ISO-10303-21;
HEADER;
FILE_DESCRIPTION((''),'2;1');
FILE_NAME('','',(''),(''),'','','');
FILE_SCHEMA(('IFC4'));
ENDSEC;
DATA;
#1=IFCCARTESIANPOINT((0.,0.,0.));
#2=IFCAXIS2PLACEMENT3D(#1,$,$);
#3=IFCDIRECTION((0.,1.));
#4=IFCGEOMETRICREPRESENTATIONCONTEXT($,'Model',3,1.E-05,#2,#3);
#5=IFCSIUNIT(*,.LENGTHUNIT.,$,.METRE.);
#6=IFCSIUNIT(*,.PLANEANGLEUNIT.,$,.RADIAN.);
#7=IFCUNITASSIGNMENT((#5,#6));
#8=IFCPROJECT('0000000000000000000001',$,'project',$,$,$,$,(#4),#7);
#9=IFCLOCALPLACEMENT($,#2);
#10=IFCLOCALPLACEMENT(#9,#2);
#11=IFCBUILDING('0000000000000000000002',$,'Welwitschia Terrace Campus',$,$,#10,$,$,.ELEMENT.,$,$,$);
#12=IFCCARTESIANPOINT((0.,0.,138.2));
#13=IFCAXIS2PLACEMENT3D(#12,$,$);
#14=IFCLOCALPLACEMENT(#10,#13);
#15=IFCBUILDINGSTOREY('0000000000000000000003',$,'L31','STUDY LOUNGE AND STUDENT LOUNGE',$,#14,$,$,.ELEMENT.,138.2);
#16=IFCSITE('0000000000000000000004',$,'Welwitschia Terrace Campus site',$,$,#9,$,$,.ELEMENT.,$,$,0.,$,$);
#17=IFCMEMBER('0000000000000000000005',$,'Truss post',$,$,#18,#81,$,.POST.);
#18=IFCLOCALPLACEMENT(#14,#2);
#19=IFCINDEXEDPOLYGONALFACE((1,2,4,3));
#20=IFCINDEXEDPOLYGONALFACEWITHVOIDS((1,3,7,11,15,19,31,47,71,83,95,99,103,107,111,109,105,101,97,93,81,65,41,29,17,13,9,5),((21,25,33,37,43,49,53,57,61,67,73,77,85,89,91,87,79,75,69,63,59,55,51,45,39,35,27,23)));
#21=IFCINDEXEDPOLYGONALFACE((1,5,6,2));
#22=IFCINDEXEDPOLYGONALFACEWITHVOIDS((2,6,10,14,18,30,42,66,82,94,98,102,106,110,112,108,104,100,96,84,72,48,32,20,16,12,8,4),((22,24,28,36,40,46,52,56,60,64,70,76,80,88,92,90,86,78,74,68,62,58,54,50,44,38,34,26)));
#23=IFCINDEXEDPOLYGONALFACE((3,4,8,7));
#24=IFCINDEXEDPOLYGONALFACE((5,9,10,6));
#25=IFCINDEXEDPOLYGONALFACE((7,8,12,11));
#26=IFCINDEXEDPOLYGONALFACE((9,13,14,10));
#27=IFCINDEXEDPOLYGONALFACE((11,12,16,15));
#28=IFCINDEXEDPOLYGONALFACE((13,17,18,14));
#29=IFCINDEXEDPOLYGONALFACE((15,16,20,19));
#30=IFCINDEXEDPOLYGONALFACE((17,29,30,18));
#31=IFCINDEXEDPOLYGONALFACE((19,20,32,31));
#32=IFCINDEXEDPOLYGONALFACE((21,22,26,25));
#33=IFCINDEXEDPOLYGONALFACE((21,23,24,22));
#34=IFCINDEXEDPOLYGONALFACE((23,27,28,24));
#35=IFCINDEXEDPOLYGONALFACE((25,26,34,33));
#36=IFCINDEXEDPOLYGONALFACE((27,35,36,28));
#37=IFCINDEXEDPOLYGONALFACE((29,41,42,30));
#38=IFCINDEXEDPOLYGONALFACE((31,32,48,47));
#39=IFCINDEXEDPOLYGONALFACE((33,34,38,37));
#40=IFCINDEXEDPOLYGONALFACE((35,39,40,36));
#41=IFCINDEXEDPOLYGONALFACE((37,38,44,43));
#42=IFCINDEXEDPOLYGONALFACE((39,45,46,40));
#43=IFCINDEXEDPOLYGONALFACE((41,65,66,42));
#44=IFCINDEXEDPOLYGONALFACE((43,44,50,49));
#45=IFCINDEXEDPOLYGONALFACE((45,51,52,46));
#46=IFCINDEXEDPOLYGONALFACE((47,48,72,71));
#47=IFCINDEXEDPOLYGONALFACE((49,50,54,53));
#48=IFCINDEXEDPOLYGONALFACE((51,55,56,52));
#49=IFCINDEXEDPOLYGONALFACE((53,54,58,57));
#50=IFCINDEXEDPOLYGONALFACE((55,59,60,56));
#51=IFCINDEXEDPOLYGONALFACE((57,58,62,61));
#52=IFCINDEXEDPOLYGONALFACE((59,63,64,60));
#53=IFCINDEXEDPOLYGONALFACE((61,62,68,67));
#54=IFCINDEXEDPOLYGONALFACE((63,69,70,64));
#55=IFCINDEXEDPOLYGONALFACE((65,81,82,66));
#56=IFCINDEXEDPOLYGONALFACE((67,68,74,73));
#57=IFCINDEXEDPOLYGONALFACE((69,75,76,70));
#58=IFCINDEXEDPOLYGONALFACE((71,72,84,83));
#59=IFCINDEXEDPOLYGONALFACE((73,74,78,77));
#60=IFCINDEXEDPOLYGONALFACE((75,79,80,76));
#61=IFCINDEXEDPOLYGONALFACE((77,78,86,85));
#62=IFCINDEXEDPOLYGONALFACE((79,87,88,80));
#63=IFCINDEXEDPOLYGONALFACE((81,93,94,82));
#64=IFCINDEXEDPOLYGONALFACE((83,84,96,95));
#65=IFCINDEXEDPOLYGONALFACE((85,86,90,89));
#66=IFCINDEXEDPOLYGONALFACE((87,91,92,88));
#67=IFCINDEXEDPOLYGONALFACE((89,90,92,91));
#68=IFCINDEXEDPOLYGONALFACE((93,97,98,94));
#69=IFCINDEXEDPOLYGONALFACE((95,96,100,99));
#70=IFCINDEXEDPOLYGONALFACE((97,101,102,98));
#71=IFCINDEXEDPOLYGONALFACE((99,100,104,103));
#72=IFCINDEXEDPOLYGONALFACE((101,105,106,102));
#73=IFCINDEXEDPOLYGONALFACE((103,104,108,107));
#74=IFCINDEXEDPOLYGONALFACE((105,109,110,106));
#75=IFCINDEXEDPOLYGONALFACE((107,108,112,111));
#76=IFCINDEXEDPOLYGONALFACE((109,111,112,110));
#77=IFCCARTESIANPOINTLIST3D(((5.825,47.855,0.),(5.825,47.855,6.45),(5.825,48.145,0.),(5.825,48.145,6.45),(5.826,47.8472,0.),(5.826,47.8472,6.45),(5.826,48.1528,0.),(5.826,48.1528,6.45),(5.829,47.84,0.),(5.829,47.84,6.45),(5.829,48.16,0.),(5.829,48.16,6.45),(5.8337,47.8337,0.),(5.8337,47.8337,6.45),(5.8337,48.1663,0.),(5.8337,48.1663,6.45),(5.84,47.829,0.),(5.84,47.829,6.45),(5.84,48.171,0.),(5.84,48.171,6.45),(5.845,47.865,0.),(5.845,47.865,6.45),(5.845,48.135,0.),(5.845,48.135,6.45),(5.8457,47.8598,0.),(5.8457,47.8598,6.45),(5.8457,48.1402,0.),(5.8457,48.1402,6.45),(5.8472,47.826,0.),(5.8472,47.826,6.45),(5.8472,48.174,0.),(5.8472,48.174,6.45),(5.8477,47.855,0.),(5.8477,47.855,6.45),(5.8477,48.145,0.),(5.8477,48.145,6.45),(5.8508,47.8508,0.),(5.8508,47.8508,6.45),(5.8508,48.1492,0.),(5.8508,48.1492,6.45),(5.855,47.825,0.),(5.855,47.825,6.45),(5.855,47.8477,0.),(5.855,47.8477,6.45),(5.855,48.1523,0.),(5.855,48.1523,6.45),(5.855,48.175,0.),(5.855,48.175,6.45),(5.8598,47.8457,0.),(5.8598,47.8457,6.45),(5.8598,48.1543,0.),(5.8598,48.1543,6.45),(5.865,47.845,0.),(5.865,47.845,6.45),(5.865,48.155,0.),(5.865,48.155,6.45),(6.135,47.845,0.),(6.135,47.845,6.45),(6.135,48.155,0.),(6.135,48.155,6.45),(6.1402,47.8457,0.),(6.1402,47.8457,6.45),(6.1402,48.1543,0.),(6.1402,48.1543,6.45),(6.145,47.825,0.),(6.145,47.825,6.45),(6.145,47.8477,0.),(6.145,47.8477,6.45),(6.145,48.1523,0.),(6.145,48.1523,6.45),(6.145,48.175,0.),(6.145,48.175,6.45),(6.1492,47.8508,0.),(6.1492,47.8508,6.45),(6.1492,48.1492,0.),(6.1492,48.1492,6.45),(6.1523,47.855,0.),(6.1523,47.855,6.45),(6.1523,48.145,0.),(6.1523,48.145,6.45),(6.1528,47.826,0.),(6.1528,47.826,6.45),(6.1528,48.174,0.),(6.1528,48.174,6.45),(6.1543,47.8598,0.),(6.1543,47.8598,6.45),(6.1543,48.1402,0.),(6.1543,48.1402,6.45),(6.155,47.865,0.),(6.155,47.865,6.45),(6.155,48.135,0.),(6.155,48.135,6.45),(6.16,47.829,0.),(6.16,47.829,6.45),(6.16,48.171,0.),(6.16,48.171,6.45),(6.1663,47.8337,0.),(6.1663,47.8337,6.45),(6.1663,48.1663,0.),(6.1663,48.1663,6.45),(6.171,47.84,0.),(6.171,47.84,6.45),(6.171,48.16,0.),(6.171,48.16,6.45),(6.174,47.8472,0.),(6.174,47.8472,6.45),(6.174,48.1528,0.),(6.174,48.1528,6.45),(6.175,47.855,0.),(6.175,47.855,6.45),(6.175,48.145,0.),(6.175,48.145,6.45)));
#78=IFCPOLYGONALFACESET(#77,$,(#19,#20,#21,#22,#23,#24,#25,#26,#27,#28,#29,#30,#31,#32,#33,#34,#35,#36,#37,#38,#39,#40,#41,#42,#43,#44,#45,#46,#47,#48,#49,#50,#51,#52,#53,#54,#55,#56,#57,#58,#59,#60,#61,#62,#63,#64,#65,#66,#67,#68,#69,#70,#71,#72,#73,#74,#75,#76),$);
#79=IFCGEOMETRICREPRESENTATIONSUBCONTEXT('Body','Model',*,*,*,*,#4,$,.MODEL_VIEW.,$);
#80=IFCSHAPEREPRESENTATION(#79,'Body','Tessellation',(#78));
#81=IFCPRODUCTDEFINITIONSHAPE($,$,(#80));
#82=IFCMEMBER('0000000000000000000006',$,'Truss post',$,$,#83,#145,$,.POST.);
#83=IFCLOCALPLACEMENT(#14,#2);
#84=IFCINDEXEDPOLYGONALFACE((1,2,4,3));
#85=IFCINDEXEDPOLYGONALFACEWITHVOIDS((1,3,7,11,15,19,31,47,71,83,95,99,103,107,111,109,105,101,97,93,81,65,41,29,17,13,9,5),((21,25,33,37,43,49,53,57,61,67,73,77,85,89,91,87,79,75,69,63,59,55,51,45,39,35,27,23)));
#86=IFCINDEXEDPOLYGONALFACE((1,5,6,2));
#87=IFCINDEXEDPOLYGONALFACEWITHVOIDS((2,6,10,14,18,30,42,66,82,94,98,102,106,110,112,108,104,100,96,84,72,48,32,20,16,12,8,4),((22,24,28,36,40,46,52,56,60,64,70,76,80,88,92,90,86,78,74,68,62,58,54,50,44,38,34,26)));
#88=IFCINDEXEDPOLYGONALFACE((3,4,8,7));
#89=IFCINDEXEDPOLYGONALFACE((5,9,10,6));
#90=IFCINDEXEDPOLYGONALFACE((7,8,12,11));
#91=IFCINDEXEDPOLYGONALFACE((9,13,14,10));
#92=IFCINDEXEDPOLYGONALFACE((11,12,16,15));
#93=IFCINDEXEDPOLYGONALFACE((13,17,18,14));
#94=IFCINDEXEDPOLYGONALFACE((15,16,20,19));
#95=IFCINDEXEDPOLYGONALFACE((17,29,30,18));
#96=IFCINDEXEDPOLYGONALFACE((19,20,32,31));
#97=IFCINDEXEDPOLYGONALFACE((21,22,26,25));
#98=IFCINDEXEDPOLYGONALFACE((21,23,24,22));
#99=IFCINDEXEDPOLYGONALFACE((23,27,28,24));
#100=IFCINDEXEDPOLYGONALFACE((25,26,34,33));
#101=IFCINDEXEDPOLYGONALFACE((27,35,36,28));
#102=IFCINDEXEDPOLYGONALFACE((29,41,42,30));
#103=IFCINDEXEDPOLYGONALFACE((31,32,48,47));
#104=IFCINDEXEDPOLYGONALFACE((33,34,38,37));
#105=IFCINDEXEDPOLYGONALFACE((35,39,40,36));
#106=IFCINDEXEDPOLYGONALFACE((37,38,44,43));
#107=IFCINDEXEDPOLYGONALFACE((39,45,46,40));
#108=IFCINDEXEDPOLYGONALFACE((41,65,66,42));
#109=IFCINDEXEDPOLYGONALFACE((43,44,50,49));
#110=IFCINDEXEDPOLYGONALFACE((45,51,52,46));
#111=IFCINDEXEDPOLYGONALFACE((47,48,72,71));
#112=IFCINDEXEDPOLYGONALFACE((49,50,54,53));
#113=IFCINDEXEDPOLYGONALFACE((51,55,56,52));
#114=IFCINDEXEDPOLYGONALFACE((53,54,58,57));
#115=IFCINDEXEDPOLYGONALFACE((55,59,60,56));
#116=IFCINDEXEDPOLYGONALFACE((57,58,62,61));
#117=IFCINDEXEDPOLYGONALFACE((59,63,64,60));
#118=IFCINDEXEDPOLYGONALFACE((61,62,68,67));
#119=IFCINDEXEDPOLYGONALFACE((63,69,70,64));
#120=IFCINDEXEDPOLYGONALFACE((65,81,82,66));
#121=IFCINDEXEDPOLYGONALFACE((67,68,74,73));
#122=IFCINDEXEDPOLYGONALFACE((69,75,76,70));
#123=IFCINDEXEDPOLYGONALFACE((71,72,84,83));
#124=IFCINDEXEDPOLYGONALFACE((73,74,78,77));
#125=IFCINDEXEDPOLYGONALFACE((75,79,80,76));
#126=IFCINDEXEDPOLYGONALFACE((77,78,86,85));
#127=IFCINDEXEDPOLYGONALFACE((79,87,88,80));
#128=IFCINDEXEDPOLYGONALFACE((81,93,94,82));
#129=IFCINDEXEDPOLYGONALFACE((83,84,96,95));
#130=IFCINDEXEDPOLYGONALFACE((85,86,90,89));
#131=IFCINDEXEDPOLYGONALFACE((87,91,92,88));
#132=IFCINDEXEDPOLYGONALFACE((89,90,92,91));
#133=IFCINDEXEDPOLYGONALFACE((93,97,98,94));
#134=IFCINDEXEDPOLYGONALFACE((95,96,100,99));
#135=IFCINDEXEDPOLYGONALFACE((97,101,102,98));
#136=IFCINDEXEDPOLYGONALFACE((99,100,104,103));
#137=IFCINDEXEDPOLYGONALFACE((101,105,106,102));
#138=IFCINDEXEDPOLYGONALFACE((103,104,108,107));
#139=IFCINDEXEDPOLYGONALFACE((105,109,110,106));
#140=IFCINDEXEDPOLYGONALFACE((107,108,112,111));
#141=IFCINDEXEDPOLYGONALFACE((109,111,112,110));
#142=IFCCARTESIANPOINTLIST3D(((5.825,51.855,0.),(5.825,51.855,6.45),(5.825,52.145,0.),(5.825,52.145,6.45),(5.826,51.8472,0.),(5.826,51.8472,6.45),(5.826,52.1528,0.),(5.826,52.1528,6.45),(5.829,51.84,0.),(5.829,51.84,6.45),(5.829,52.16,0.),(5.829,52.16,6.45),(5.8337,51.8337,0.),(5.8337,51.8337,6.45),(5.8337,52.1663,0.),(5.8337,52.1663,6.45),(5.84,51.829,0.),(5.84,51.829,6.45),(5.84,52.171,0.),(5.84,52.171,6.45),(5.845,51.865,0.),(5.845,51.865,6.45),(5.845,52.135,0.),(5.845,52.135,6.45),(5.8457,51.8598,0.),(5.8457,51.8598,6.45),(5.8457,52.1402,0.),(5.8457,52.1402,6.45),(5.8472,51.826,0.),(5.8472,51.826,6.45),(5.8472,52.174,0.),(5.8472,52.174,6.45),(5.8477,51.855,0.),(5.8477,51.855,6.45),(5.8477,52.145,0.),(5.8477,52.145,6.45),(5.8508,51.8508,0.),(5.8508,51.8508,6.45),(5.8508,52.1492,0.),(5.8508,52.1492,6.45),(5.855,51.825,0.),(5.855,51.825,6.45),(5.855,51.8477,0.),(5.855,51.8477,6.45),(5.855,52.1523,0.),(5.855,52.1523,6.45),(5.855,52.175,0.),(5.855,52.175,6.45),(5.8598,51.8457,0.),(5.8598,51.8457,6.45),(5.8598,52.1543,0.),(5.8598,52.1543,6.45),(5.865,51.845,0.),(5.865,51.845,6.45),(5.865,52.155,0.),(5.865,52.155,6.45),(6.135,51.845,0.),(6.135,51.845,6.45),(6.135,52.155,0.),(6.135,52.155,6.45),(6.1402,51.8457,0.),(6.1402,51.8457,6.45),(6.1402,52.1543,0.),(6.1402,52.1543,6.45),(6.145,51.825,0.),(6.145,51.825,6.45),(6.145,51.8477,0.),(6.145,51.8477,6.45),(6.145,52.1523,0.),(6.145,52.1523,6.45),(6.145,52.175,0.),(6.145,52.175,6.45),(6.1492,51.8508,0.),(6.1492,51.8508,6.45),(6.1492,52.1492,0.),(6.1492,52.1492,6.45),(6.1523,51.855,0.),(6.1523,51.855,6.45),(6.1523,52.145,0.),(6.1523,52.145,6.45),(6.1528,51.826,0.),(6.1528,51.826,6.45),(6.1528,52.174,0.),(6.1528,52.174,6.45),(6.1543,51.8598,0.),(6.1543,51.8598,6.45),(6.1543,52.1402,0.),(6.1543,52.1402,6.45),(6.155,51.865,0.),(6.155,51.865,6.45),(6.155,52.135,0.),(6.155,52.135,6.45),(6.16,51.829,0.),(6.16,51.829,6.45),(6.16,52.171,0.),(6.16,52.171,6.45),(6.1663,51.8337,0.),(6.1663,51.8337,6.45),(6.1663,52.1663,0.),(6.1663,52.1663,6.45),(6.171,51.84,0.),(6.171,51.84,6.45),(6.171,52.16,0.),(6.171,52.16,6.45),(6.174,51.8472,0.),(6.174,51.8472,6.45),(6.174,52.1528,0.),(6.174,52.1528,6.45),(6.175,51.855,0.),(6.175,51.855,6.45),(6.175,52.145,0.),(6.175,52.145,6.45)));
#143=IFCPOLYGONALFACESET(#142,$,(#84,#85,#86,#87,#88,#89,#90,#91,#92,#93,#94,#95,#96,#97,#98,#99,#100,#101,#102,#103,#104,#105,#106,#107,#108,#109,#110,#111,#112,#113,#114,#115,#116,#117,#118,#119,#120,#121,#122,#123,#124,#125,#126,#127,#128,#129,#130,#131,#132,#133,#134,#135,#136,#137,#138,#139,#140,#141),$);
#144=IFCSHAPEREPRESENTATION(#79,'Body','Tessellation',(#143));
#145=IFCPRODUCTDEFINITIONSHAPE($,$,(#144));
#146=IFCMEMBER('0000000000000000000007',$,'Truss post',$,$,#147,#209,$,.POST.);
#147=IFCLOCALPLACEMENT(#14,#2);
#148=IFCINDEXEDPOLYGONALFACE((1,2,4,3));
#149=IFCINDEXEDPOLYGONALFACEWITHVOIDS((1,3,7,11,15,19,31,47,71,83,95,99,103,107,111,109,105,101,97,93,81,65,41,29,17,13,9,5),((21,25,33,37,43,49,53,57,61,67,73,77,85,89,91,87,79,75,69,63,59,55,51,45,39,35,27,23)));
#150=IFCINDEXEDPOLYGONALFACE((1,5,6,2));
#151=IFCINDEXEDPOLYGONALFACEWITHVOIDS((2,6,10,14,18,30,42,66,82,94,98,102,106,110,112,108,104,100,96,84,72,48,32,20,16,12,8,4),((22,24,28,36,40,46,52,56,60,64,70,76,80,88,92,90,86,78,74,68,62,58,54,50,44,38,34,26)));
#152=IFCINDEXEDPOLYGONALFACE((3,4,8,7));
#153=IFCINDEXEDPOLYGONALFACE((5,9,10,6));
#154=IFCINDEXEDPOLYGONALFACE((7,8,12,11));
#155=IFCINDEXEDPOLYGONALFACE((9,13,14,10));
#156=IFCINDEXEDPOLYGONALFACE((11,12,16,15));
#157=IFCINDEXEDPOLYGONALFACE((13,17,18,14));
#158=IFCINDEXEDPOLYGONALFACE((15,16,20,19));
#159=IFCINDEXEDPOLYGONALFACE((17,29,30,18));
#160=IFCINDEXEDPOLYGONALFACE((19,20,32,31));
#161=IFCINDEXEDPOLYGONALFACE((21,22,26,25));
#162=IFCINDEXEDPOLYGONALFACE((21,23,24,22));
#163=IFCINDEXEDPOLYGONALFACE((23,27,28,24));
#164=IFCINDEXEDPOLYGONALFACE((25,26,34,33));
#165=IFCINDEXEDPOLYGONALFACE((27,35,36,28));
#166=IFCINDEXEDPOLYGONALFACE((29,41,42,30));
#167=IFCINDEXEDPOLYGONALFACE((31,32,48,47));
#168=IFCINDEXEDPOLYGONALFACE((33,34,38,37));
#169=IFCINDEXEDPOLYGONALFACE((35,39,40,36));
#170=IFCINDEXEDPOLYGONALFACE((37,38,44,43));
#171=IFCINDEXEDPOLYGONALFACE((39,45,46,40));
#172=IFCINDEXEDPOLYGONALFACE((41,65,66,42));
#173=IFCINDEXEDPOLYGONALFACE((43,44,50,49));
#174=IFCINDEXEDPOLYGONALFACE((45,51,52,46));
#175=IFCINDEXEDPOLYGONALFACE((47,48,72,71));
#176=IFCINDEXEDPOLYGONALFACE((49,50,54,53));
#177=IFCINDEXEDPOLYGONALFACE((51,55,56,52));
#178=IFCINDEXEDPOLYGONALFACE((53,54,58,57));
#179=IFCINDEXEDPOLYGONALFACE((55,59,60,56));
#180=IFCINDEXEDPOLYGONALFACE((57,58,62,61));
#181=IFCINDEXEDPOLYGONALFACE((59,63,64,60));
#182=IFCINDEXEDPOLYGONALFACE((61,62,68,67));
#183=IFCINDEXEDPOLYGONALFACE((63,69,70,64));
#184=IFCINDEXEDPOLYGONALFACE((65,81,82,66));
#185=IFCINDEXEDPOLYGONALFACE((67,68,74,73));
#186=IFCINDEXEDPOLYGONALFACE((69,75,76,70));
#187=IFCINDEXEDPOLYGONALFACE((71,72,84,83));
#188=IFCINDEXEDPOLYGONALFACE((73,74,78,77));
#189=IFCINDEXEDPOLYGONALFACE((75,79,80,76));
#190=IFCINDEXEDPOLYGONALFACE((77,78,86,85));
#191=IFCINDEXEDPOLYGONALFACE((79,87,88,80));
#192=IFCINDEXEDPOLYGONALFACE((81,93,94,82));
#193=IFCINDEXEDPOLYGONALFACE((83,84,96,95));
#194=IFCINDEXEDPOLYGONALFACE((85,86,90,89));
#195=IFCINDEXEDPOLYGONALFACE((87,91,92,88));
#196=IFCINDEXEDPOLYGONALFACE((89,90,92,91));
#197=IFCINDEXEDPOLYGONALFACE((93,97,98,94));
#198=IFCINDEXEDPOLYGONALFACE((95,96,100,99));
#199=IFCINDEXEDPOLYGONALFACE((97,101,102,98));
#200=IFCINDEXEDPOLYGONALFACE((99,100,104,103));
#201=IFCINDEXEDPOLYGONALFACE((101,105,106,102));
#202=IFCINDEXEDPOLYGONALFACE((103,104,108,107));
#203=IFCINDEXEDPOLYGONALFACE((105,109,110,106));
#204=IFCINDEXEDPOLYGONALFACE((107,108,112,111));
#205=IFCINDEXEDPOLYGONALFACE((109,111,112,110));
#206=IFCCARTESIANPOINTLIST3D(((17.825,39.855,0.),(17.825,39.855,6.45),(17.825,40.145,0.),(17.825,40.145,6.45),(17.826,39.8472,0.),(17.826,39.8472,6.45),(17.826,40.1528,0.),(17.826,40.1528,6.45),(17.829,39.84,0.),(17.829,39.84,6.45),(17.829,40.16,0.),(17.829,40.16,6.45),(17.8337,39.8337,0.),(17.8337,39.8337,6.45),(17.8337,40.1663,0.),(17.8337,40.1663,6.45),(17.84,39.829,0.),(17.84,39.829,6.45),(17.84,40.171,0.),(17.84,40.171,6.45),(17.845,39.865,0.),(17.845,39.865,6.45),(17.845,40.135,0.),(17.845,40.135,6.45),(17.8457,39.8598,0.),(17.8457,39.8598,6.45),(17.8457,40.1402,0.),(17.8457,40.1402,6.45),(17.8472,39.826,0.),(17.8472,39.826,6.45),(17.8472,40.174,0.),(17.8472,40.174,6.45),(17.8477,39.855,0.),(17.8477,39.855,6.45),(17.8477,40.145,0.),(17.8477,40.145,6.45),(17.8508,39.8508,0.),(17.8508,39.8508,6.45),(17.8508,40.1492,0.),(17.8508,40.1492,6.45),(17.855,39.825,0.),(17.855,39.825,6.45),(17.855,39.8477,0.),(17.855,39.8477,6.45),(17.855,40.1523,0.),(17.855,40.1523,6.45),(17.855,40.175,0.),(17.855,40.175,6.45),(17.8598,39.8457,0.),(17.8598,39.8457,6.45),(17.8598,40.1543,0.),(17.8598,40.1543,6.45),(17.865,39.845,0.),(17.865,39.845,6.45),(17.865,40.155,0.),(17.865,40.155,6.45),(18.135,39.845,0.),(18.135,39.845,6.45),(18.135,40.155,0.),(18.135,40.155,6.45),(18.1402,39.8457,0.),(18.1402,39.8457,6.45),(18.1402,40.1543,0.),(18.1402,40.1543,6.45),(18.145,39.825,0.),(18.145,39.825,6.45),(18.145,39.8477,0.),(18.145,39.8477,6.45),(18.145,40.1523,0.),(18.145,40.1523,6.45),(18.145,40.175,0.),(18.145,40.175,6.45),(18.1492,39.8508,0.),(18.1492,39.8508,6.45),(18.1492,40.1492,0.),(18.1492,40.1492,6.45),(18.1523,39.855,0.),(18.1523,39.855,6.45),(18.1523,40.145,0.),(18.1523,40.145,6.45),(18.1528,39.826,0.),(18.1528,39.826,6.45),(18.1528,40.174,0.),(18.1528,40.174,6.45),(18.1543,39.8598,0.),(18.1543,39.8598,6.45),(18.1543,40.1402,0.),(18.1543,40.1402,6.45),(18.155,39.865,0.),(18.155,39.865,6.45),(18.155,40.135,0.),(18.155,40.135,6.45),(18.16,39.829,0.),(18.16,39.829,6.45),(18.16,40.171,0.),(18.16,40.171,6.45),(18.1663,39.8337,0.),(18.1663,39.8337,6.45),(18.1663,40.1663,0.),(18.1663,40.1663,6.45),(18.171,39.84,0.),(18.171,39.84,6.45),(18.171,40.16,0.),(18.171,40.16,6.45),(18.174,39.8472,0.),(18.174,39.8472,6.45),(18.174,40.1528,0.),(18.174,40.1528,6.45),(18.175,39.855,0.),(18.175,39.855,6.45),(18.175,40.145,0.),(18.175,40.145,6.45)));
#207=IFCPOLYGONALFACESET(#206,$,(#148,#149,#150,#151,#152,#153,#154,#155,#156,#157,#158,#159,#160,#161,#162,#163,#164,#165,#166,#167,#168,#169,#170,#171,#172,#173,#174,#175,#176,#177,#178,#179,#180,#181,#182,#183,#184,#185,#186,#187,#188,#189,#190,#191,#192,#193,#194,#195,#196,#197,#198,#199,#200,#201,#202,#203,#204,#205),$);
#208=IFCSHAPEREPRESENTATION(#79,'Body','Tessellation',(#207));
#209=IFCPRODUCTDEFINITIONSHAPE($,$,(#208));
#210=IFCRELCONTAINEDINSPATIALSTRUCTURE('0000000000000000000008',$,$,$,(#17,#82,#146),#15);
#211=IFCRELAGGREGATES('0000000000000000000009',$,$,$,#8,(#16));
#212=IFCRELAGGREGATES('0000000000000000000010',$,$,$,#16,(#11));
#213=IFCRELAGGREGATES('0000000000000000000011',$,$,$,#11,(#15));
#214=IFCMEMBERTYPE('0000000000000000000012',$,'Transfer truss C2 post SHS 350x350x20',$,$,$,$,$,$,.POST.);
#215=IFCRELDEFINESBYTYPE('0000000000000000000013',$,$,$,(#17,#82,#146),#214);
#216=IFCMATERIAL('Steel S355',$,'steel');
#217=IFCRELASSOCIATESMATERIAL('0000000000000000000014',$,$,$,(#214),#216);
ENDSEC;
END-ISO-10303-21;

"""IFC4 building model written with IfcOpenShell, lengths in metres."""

from ifc_helpers import new_model, si_unit, direction, frame, origin, origin_2d, place, context, subcontext, project, spatial, hollow_rectangle, extrude, material, material_profile, profile_set, type_object, element, save


model = new_model("IFC4")

# Units and contexts
model_context = context("Model", 3, precision=1e-05, world=origin(), true_north=direction((0.0, 1.0)))
body_context = subcontext(model_context, "Body", "Model", "MODEL_VIEW")
ifc_project = project(units=[si_unit("LENGTHUNIT", "METRE"), si_unit("PLANEANGLEUNIT", "RADIAN")], contexts=[model_context])

# Site, building, storey
site_placement = place(None, origin())
site = spatial("IfcSite", under=ifc_project, at=site_placement, Name="Welwitschia Terrace Campus site", CompositionType="ELEMENT", RefElevation=0.0)
building_placement = place(site_placement, origin())
building = spatial("IfcBuilding", under=site, at=building_placement, Name="Welwitschia Terrace Campus", CompositionType="ELEMENT")
storey_placement = place(building_placement, frame((0.0, 0.0, 138.2)))
storey = spatial("IfcBuildingStorey", under=building, at=storey_placement, Name="L31", Description="STUDY LOUNGE AND STUDENT LOUNGE", CompositionType="ELEMENT", Elevation=138.2)

# Members
ifc_material_1 = material(Name="Steel S355", Category="steel")
ifc_material_profile_1 = material_profile(ifc_material_1, hollow_rectangle(XDim=0.3501, YDim=0.3501, WallThickness=0.02, InnerFilletRadius=0.02, OuterFilletRadius=0.03, at=origin_2d()))
ifc_profile_set_1 = profile_set([ifc_material_profile_1], Name="Steel S355")
member_type_1 = type_object("IfcMemberType", Name="Transfer truss C2 post SHS 350x350x20", PredefinedType="POST", material=ifc_profile_set_1)
for number, where, z_axis, x_axis, name in (
    (1, (6.0, 48.0, 0.0), (0.0, 0.0, 1.0), (1.0, 0.0, 0.0), "Truss post"),
    (2, (6.0, 52.0, 0.0), (0.0, 0.0, 1.0), (1.0, 0.0, 0.0), "Truss post"),
    (3, (18.0, 40.0, 0.0), (0.0, 0.0, 1.0), (1.0, 0.0, 0.0), "Truss post"),
):
    element("IfcMember", number, at=place(storey_placement, frame(where, z_axis=z_axis, x_axis=x_axis)), inside=storey, type_object=member_type_1, Name=name, PredefinedType="POST", context=body_context, shape_type="SweptSolid", body=[
        extrude(hollow_rectangle(XDim=0.3501, YDim=0.3501, WallThickness=0.02, InnerFilletRadius=0.02, OuterFilletRadius=0.03, at=origin_2d()), origin(), (0.0, 0.0, 1.0), 6.45),
    ])

save(model, "model.ifc")
